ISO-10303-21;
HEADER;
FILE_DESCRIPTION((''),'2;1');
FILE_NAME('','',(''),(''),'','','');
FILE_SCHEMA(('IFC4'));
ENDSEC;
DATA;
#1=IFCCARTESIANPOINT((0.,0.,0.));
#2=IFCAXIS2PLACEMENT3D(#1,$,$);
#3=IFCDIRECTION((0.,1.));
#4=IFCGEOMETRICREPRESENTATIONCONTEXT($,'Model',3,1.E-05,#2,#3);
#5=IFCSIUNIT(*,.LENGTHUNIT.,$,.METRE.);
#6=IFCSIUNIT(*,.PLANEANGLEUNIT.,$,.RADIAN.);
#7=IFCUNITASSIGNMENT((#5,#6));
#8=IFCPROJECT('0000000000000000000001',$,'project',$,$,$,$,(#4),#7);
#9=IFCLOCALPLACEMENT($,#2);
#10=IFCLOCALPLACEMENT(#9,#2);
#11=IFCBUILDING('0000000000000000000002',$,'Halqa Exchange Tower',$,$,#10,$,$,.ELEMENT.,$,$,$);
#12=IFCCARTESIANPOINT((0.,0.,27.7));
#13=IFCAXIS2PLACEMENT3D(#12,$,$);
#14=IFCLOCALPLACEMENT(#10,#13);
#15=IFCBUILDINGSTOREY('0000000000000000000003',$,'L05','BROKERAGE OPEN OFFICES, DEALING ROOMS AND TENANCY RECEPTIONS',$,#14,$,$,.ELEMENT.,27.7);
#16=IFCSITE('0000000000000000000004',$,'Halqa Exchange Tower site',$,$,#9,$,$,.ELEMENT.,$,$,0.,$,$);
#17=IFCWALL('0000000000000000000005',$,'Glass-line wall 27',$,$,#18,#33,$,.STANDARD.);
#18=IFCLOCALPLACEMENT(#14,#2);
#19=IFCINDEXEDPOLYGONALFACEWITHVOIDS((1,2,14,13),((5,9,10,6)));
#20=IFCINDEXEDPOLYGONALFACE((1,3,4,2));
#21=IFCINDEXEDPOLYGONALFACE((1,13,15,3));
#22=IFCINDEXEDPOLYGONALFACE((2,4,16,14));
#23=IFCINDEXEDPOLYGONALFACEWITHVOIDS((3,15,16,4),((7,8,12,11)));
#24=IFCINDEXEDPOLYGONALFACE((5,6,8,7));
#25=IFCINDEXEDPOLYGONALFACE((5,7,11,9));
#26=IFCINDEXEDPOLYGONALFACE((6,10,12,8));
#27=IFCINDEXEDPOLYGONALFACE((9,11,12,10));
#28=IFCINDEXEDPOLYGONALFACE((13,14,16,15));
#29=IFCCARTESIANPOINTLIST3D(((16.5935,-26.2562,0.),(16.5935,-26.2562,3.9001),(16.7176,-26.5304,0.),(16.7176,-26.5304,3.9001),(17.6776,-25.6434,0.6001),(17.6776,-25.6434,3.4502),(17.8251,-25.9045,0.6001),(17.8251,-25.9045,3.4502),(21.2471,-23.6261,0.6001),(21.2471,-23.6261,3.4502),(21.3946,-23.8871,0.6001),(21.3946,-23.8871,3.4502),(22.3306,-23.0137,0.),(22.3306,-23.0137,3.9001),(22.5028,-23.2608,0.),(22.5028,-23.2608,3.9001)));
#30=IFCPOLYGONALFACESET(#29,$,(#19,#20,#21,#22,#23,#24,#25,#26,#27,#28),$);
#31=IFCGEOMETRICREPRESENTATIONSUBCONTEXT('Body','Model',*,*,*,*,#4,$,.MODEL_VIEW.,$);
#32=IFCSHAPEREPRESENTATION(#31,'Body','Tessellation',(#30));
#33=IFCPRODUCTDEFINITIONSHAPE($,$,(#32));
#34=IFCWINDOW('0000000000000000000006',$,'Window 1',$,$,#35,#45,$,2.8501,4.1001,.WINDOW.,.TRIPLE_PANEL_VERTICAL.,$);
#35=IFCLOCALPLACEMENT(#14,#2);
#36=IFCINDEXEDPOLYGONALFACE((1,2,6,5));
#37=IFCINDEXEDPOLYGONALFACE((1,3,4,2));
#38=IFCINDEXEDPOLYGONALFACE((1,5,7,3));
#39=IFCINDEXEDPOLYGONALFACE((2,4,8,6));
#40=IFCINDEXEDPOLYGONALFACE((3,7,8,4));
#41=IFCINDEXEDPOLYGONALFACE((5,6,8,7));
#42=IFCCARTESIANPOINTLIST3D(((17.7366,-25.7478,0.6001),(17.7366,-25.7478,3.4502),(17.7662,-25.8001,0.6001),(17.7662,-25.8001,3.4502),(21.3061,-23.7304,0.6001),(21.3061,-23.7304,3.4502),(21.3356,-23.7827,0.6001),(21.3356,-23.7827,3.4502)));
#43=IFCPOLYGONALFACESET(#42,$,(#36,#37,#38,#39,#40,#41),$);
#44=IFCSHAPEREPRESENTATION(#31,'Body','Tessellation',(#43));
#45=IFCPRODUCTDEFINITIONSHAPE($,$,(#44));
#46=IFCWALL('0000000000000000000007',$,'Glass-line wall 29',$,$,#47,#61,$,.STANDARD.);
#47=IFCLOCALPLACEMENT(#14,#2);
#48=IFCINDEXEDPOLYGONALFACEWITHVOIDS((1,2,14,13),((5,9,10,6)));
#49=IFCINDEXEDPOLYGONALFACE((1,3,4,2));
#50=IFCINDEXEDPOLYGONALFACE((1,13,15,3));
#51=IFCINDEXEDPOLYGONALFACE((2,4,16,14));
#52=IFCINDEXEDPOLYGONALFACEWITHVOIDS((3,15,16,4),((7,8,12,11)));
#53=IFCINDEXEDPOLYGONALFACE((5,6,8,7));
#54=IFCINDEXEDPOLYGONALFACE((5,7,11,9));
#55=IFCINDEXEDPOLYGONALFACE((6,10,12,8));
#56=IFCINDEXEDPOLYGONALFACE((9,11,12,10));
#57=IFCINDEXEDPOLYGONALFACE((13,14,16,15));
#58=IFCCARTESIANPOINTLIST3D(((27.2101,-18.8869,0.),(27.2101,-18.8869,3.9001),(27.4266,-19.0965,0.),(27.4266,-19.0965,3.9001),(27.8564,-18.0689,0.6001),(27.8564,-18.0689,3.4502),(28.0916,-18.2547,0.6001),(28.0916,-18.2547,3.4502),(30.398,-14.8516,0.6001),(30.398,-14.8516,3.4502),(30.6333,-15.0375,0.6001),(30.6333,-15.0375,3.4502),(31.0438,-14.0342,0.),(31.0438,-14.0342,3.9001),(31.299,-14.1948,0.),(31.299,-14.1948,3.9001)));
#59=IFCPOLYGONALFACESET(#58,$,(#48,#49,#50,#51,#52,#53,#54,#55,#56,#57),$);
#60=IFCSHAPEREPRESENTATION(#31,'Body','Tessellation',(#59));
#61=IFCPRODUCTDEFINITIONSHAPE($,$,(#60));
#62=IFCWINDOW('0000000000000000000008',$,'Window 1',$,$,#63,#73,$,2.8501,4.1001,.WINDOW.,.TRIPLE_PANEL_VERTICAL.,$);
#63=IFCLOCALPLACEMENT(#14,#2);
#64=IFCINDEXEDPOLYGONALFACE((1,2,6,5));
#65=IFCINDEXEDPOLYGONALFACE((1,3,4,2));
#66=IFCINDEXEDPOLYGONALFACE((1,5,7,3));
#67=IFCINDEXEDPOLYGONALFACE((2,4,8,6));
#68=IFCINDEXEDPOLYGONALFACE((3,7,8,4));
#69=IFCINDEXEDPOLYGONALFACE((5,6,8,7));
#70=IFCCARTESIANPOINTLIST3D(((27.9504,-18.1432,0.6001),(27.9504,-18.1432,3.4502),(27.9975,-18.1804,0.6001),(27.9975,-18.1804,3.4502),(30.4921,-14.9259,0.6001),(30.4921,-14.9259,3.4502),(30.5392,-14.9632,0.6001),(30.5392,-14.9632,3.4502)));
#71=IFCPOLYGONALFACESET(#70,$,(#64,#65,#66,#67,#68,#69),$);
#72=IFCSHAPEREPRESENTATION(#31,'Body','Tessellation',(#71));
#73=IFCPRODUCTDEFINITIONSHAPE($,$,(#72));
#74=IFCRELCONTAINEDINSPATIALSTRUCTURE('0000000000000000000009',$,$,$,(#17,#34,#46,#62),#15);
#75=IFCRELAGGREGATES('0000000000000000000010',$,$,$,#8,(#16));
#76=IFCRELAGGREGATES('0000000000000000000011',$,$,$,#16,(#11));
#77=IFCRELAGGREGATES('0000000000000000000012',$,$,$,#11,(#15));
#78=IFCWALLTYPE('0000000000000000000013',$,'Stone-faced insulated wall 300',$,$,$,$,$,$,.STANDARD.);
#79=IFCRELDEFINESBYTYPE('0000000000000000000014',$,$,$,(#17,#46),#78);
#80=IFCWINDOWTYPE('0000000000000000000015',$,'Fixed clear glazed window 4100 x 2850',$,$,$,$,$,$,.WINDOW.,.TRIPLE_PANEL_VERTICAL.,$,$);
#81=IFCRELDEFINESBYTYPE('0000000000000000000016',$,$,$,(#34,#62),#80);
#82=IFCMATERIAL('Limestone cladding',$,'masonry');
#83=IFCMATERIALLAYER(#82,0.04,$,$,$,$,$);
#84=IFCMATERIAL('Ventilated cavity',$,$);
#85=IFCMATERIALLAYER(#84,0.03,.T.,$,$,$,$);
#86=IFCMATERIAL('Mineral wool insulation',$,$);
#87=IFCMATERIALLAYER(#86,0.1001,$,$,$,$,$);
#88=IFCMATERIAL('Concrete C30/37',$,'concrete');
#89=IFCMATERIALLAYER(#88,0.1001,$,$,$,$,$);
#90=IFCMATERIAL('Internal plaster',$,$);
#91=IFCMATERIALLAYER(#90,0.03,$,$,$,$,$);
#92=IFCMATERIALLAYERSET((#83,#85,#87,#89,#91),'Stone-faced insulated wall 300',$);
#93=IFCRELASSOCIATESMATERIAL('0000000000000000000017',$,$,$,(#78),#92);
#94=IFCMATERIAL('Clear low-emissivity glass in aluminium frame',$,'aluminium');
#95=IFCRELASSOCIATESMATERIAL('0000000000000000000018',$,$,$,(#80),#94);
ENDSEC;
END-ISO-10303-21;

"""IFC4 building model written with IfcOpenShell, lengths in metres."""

from ifc_helpers import new_model, si_unit, direction, frame, frame_2d, origin, place, context, subcontext, project, spatial, polyline, rectangle, outline, extrude, material, layer, layer_set, type_object, element, fill, save


model = new_model("IFC4")

# Units and contexts
model_context = context("Model", 3, precision=1e-05, world=origin(), true_north=direction((0.0, 1.0)))
body_context = subcontext(model_context, "Body", "Model", "MODEL_VIEW")
ifc_project = project(units=[si_unit("LENGTHUNIT", "METRE"), si_unit("PLANEANGLEUNIT", "RADIAN")], contexts=[model_context])

# Site, building, storey
site_placement = place(None, origin())
site = spatial("IfcSite", under=ifc_project, at=site_placement, Name="Halqa Exchange Tower site", CompositionType="ELEMENT", RefElevation=0.0)
building_placement = place(site_placement, origin())
building = spatial("IfcBuilding", under=site, at=building_placement, Name="Halqa Exchange Tower", CompositionType="ELEMENT")
storey_placement = place(building_placement, frame((0.0, 0.0, 27.7)))
storey = spatial("IfcBuildingStorey", under=building, at=storey_placement, Name="L05", Description="BROKERAGE OPEN OFFICES, DEALING ROOMS AND TENANCY RECEPTIONS", CompositionType="ELEMENT", Elevation=27.7)

# Wall, opening, window
ifc_material_1 = material(Name="Limestone cladding", Category="masonry")
ifc_layer_1 = layer(ifc_material_1, 0.04)
ifc_material_2 = material(Name="Ventilated cavity")
ifc_layer_2 = layer(ifc_material_2, 0.03, ventilated=True)
ifc_material_3 = material(Name="Mineral wool insulation")
ifc_layer_3 = layer(ifc_material_3, 0.1001)
ifc_material_4 = material(Name="Concrete C30/37", Category="concrete")
ifc_layer_4 = layer(ifc_material_4, 0.1001)
ifc_material_5 = material(Name="Internal plaster")
ifc_layer_5 = layer(ifc_material_5, 0.03)
ifc_layer_set_1 = layer_set([ifc_layer_1, ifc_layer_2, ifc_layer_3, ifc_layer_4, ifc_layer_5], Name="Stone-faced insulated wall 300")
wall_type_1 = type_object("IfcWallType", Name="Stone-faced insulated wall 300", PredefinedType="STANDARD", material=ifc_layer_set_1)
wall_1_placement = place(storey_placement, frame((16.6555, -26.3933, 0.0), z_axis=(0.0, 0.0, 1.0), x_axis=(0.870579, 0.492029, 0.0)))
wall_1 = element("IfcWall", 1, at=wall_1_placement, inside=storey, type_object=wall_type_1, Name="Glass-line wall 27", PredefinedType="STANDARD", context=body_context, shape_type="SweptSolid", body=[
    extrude(outline(polyline([(-0.0134, -0.1499), (6.6318, -0.1499), (6.6035, 0.1499), (0.0134, 0.1499), (-0.0134, -0.1499)])), origin(), (0.0, 0.0, 1.0), 3.9001),
])
opening_1_placement = place(wall_1_placement, frame((1.2588, 0.0, 0.6001)))
opening_1 = element("IfcOpeningElement", 2, at=opening_1_placement, cuts=wall_1, PredefinedType="OPENING", context=body_context, shape_type="SweptSolid", body=[
    extrude(rectangle(XDim=4.1001, YDim=2.8501, at=frame_2d((2.05, 1.425))), frame((0.0, 0.1621, 0.0), z_axis=(0.0, -1.0, 0.0), x_axis=(1.0, 0.0, 0.0)), (0.0, 0.0, 1.0), 0.324),
])
ifc_material_6 = material(Name="Clear low-emissivity glass in aluminium frame", Category="aluminium")
window_type = type_object("IfcWindowType", Name="Fixed clear glazed window 4100 x 2850", PartitioningType="TRIPLE_PANEL_VERTICAL", PredefinedType="WINDOW", material=ifc_material_6)
window_1_placement = place(opening_1_placement, origin())
window_1 = element("IfcWindow", 3, at=window_1_placement, inside=storey, type_object=window_type, Name="Window 1", OverallHeight=2.8501, OverallWidth=4.1001, PartitioningType="TRIPLE_PANEL_VERTICAL", PredefinedType="WINDOW", context=body_context, shape_type="SweptSolid", body=[
    extrude(rectangle(XDim=4.1001, YDim=2.8501, at=frame_2d((2.05, 1.425))), frame((0.0, 0.03, 0.0), z_axis=(0.0, -1.0, 0.0), x_axis=(1.0, 0.0, 0.0)), (0.0, 0.0, 1.0), 0.0601),
])
fill(opening_1, window_1)

# Wall, opening, window
wall_2_placement = place(storey_placement, frame((27.3184, -18.9917, 0.0), z_axis=(0.0, 0.0, 1.0), x_axis=(0.619903, 0.784679, 0.0)))
wall_2 = element("IfcWall", 4, at=wall_2_placement, inside=storey, type_object=wall_type_1, Name="Glass-line wall 29", PredefinedType="STANDARD", context=body_context, shape_type="SweptSolid", body=[
    extrude(outline(polyline([(-0.0151, -0.1499), (6.2317, -0.1499), (6.1995, 0.1499), (0.0151, 0.1499), (-0.0151, -0.1499)])), origin(), (0.0, 0.0, 1.0), 3.9001),
])
opening_2_placement = place(wall_2_placement, frame((1.0576, 0.0, 0.6001)))
opening_2 = element("IfcOpeningElement", 5, at=opening_2_placement, cuts=wall_2, PredefinedType="OPENING", context=body_context, shape_type="SweptSolid", body=[
    extrude(rectangle(XDim=4.1001, YDim=2.8501, at=frame_2d((2.05, 1.425))), frame((0.0, 0.1621, 0.0), z_axis=(0.0, -1.0, 0.0), x_axis=(1.0, 0.0, 0.0)), (0.0, 0.0, 1.0), 0.324),
])
window_2_placement = place(opening_2_placement, origin())
window_2 = element("IfcWindow", 6, at=window_2_placement, inside=storey, type_object=window_type, Name="Window 1", OverallHeight=2.8501, OverallWidth=4.1001, PartitioningType="TRIPLE_PANEL_VERTICAL", PredefinedType="WINDOW", context=body_context, shape_type="SweptSolid", body=[
    extrude(rectangle(XDim=4.1001, YDim=2.8501, at=frame_2d((2.05, 1.425))), frame((0.0, 0.03, 0.0), z_axis=(0.0, -1.0, 0.0), x_axis=(1.0, 0.0, 0.0)), (0.0, 0.0, 1.0), 0.0601),
])
fill(opening_2, window_2)

save(model, "model.ifc")
